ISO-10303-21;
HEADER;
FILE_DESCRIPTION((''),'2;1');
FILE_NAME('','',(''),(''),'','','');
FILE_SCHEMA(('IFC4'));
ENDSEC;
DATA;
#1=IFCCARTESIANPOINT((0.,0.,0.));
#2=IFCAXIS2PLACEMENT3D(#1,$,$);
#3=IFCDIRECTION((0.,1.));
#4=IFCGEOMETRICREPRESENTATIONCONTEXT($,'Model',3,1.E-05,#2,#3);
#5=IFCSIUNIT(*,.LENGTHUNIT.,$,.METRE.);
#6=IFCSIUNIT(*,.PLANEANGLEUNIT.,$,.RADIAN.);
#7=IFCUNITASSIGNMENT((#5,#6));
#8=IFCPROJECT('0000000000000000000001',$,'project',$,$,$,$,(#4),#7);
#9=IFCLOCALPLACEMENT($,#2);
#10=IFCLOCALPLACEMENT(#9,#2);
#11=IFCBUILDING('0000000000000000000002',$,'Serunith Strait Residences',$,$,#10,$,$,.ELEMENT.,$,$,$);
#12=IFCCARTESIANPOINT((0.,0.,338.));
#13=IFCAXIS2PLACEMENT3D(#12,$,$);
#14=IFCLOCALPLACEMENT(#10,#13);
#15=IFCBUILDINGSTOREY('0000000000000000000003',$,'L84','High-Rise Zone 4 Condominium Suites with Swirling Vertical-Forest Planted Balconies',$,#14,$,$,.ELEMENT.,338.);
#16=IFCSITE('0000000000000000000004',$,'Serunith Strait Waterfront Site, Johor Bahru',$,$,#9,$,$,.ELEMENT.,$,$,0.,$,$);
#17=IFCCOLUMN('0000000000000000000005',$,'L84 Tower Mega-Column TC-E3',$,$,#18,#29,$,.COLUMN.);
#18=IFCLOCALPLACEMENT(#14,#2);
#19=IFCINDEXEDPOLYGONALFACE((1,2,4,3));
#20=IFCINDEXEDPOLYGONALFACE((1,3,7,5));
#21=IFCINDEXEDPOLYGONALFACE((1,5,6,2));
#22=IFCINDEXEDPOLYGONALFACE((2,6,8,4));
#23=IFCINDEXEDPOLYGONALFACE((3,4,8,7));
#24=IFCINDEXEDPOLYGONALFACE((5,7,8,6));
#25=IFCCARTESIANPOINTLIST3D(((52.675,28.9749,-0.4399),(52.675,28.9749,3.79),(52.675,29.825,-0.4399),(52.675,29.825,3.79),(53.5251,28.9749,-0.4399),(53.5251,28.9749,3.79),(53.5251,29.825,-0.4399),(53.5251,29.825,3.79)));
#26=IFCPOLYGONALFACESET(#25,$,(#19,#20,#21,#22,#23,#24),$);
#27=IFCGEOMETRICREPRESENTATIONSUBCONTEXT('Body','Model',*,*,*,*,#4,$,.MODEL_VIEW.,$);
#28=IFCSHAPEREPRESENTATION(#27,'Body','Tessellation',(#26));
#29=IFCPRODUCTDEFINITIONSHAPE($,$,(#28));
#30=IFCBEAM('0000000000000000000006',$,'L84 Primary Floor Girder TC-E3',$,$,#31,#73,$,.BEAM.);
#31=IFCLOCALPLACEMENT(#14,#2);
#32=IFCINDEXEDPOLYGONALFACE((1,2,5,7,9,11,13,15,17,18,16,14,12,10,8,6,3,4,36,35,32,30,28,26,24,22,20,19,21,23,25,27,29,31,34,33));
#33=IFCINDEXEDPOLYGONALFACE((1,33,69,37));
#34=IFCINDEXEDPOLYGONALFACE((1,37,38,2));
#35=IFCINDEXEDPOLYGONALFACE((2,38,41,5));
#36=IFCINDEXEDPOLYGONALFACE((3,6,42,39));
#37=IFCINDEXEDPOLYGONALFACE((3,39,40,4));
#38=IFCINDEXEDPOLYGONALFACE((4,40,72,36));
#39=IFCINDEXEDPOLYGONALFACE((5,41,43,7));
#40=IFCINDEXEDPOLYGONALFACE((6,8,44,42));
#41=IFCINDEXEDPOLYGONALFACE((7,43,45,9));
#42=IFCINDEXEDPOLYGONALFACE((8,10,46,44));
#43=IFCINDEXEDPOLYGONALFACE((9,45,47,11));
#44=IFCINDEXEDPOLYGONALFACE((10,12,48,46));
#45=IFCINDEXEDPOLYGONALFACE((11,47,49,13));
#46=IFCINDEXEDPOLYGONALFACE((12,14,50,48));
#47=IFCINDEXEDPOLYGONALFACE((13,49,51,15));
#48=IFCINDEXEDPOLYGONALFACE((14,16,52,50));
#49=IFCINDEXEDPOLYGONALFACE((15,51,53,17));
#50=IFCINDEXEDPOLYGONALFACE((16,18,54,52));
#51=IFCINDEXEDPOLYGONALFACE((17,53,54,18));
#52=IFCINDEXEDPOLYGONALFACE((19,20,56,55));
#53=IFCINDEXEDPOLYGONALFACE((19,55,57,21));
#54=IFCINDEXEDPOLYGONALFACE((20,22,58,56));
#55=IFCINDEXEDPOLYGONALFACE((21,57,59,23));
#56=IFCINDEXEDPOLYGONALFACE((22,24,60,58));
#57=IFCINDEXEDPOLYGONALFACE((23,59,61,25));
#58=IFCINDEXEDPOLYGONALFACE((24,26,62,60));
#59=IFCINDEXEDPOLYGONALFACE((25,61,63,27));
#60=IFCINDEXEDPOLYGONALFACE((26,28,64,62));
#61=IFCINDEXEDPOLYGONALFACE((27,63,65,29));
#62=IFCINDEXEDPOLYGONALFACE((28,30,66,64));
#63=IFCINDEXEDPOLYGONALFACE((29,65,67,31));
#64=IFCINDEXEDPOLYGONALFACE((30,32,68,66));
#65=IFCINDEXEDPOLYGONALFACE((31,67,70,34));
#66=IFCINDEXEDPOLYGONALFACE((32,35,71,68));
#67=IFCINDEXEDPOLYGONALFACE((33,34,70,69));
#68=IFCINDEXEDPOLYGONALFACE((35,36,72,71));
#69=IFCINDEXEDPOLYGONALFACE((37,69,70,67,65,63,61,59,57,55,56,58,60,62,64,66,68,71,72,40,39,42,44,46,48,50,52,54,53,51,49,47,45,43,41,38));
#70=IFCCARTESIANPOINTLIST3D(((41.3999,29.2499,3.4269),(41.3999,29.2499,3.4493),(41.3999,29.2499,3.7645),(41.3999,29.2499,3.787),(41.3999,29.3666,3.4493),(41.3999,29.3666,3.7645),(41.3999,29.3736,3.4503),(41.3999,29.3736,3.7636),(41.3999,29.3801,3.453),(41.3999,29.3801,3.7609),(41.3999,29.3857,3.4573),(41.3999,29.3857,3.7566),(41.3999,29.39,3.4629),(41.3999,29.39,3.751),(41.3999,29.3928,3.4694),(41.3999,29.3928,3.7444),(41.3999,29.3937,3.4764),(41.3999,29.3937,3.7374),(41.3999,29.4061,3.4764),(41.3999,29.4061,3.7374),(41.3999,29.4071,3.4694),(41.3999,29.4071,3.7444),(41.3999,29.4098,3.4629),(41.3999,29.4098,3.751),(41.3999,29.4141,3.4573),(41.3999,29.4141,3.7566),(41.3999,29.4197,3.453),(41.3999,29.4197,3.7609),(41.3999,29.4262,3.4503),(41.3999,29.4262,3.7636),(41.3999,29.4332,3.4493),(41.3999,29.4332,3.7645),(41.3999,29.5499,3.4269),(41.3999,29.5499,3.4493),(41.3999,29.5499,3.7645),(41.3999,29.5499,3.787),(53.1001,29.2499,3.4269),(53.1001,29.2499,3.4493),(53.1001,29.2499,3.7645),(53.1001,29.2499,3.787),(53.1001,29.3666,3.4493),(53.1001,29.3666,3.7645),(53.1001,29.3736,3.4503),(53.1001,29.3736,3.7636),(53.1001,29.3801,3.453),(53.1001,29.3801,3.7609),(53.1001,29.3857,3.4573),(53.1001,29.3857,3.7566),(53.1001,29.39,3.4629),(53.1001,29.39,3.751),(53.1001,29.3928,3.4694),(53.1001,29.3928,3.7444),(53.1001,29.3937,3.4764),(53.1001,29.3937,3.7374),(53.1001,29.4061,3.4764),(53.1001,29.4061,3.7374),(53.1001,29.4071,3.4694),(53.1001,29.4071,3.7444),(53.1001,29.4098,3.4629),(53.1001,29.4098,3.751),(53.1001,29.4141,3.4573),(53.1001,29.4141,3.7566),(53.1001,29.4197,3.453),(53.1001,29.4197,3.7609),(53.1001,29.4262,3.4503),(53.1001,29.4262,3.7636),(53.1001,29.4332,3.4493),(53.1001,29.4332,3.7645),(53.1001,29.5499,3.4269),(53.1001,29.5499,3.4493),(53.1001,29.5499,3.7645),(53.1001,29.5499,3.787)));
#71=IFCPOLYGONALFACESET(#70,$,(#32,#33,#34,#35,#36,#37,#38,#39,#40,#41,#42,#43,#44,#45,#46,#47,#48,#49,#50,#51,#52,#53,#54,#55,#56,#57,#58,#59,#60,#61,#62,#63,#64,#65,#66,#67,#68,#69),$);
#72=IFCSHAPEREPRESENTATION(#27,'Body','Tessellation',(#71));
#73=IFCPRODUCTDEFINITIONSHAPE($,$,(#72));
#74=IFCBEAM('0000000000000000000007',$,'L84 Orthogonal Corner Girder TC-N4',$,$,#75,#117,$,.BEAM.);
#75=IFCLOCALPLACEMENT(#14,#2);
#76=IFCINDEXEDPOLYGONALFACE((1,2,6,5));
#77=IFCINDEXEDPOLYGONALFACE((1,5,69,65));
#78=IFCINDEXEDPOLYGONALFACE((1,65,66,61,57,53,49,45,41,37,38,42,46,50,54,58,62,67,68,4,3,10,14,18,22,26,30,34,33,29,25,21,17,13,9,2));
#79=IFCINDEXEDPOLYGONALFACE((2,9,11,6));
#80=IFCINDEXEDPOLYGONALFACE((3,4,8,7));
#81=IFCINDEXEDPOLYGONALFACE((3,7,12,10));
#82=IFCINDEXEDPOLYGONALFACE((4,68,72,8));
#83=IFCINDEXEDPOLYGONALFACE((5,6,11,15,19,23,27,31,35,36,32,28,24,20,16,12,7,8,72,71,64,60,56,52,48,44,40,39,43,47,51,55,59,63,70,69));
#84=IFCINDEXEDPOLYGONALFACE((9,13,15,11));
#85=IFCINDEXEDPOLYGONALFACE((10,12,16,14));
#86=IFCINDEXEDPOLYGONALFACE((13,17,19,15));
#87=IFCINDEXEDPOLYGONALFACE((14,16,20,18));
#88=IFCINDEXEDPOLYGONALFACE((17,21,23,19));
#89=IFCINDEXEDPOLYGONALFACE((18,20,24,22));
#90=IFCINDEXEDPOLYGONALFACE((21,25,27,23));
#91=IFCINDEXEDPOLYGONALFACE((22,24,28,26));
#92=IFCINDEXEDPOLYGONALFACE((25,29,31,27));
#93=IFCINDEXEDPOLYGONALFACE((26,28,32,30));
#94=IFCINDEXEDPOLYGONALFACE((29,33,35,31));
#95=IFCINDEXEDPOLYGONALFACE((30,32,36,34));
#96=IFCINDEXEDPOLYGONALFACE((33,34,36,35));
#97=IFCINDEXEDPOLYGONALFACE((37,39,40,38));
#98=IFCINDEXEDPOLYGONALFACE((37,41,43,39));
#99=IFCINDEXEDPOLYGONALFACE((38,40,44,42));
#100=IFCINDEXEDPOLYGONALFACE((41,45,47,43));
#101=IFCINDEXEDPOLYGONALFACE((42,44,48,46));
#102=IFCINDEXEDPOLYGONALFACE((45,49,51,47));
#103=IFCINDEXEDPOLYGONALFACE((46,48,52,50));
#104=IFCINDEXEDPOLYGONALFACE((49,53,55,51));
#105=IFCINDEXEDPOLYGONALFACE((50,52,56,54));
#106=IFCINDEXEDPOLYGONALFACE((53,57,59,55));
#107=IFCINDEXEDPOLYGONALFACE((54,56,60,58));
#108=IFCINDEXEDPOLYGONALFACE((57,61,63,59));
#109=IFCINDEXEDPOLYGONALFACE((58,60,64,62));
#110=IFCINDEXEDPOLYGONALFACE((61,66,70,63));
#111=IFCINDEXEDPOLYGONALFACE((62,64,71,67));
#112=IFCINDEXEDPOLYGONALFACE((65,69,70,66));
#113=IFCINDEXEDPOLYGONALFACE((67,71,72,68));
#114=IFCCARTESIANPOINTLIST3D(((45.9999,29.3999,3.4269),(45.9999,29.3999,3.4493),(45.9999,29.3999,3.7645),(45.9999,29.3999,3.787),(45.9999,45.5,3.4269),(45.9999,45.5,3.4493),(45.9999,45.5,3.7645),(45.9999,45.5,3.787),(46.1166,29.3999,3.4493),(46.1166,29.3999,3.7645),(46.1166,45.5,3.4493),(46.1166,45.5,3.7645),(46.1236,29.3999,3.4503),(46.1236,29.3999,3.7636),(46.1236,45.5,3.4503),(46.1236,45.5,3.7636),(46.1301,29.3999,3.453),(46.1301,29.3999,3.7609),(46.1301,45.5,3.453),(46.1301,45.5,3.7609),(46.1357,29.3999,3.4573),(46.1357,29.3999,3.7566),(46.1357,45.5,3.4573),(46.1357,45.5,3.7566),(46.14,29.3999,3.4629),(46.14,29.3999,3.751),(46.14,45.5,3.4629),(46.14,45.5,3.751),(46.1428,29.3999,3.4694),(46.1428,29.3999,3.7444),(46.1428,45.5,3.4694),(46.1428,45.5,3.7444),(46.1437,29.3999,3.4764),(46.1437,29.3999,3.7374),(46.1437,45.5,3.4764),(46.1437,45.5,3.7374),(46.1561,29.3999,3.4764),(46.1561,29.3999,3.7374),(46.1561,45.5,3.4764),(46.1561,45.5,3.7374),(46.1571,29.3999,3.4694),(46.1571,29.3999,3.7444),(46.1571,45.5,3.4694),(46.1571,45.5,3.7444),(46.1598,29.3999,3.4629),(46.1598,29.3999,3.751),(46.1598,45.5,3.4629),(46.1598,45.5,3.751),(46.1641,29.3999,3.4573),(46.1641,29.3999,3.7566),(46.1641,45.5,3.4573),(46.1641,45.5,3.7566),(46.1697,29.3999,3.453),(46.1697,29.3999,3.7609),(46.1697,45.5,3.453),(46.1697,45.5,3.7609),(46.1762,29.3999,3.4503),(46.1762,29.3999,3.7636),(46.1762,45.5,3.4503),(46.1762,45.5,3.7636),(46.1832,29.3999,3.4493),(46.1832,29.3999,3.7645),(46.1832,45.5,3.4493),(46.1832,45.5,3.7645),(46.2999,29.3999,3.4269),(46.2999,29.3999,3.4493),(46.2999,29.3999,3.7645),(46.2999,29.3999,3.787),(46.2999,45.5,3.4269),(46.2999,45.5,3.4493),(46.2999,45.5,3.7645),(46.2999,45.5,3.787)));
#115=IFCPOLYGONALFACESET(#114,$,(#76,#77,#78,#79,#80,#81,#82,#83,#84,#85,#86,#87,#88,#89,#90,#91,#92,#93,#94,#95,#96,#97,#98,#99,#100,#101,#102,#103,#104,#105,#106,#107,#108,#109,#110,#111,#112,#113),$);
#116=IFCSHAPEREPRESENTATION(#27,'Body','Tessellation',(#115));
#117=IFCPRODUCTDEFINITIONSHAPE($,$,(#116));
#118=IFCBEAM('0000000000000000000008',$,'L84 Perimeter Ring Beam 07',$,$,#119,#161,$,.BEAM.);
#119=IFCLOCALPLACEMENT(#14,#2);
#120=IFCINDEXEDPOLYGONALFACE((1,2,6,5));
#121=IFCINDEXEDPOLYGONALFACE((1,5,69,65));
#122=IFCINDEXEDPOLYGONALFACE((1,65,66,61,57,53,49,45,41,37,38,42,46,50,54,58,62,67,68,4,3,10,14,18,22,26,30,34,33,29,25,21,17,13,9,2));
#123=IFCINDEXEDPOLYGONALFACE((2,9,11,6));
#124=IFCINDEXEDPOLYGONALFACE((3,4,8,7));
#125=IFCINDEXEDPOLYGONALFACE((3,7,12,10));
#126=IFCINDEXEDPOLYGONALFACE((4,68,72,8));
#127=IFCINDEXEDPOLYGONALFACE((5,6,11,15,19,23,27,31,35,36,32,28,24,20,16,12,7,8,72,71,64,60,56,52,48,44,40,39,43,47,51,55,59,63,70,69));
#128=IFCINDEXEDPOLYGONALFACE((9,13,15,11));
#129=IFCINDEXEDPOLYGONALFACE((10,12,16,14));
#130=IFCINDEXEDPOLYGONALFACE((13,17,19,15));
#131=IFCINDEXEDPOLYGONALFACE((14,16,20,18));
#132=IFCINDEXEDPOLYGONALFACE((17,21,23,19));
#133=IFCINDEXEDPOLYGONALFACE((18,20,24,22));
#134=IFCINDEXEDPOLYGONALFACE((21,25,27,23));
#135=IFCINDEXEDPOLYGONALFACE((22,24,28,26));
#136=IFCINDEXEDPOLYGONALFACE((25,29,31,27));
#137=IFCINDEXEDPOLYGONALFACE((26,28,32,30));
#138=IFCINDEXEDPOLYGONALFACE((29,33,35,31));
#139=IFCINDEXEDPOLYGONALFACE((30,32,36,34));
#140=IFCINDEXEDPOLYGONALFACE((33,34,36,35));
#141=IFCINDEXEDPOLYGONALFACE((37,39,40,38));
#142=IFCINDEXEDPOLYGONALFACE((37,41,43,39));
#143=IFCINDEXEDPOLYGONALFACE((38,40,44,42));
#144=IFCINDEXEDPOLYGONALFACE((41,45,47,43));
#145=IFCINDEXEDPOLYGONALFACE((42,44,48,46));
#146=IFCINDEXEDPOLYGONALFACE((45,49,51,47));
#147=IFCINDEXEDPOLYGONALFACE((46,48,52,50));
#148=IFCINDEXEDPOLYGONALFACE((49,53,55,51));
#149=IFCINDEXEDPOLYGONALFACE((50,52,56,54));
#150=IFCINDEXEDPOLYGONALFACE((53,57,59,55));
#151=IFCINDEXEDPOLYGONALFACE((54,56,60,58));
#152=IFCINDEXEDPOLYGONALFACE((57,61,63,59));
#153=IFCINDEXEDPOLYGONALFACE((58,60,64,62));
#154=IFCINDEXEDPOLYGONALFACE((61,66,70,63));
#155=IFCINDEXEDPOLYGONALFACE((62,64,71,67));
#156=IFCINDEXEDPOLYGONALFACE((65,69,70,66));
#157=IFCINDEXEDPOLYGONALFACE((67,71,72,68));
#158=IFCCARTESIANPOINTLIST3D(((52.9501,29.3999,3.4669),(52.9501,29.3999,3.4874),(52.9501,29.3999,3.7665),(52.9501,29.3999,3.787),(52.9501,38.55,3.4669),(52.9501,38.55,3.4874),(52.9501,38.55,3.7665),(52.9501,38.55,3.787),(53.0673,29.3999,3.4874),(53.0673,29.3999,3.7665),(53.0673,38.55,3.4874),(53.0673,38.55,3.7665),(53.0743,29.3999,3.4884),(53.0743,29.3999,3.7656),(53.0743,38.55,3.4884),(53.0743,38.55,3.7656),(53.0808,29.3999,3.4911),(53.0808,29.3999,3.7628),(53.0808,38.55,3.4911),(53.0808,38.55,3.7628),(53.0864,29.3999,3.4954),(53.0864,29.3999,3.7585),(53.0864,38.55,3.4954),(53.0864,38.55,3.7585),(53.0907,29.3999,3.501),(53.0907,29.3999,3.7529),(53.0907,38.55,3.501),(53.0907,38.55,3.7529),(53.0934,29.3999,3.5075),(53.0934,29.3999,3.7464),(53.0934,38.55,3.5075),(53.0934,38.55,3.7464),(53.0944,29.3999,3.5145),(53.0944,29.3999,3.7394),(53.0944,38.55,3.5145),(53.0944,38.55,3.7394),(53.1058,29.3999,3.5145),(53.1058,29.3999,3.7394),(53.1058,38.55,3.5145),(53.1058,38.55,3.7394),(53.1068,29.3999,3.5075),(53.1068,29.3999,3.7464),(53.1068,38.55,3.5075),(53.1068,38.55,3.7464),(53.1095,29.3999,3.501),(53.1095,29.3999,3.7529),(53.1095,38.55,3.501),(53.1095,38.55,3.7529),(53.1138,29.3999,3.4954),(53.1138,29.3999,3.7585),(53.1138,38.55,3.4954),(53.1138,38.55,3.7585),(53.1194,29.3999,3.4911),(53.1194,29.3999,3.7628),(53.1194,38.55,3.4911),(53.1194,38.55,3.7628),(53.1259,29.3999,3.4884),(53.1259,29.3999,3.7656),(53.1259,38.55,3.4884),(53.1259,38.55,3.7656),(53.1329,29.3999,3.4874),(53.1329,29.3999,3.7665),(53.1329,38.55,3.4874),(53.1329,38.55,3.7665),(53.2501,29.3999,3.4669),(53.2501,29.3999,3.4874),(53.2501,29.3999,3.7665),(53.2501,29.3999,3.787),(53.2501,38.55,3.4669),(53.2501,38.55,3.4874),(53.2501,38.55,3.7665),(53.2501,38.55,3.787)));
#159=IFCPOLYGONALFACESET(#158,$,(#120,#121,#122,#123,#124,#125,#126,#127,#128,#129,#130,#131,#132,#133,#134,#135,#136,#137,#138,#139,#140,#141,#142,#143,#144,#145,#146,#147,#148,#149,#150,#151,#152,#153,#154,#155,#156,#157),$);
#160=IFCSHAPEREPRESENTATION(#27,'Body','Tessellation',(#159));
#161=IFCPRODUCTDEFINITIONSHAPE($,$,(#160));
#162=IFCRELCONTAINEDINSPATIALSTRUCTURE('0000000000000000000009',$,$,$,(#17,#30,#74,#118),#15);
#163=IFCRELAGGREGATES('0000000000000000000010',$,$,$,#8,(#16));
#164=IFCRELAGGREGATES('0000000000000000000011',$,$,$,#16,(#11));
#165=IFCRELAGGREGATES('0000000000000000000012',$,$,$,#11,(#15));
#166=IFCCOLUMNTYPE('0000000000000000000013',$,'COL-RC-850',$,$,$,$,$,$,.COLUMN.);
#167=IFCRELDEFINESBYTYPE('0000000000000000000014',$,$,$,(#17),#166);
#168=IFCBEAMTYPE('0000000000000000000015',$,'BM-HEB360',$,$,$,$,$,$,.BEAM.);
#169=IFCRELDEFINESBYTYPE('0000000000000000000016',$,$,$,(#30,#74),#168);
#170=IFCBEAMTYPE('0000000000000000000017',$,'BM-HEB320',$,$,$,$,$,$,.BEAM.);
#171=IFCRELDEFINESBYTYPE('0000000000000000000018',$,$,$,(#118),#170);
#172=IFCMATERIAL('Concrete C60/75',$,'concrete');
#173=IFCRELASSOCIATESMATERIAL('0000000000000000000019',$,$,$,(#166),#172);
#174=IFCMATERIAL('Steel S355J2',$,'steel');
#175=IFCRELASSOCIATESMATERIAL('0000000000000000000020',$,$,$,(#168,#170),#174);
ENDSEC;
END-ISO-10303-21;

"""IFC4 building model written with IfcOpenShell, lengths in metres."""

from ifc_helpers import new_model, si_unit, direction, frame, origin, origin_2d, place, context, subcontext, project, spatial, rectangle, i_section, extrude, source, transform, mapped, material, material_profile, profile_set, type_object, element, save


model = new_model("IFC4")

# Units and contexts
model_context = context("Model", 3, precision=1e-05, world=origin(), true_north=direction((0.0, 1.0)))
body_context = subcontext(model_context, "Body", "Model", "MODEL_VIEW")
ifc_project = project(units=[si_unit("LENGTHUNIT", "METRE"), si_unit("PLANEANGLEUNIT", "RADIAN")], contexts=[model_context])

# Site, building, storey
site_placement = place(None, origin())
site = spatial("IfcSite", under=ifc_project, at=site_placement, Name="Serunith Strait Waterfront Site, Johor Bahru", CompositionType="ELEMENT", RefElevation=0.0)
building_placement = place(site_placement, origin())
building = spatial("IfcBuilding", under=site, at=building_placement, Name="Serunith Strait Residences", CompositionType="ELEMENT")
storey_placement = place(building_placement, frame((0.0, 0.0, 338.0)))
storey = spatial("IfcBuildingStorey", under=building, at=storey_placement, Name="L84", Description="High-Rise Zone 4 Condominium Suites with Swirling Vertical-Forest Planted Balconies", CompositionType="ELEMENT", Elevation=338.0)

# Column
ifc_material_1 = material(Name="Concrete C60/75", Category="concrete")
ifc_material_profile_1 = material_profile(ifc_material_1, rectangle(XDim=0.8501, YDim=0.8501, at=origin_2d()), Name="RC 850x850")
ifc_profile_set_1 = profile_set([ifc_material_profile_1], Name="Concrete C60/75")
column_type = type_object("IfcColumnType", Name="COL-RC-850", PredefinedType="COLUMN", material=ifc_profile_set_1)
shared_shape_1 = source(origin(), body_context, "Body", "SweptSolid", [
    extrude(rectangle(XDim=0.8501, YDim=0.8501, at=origin_2d()), origin(), (0.0, 0.0, 1.0), 4.23),
])
column_placement = place(storey_placement, frame((53.1001, 29.3999, -0.4399), z_axis=(0.0, 0.0, 1.0), x_axis=(1.0, 0.0, 0.0)))
element("IfcColumn", 1, at=column_placement, inside=storey, type_object=column_type, Name="L84 Tower Mega-Column TC-E3", PredefinedType="COLUMN", context=body_context, shape_type="MappedRepresentation", body=[
    mapped(shared_shape_1, transform((0.0, 0.0, 0.0), scale=1.0)),
])

# Beams
ifc_material_2 = material(Name="Steel S355J2", Category="steel")
ifc_material_profile_2 = material_profile(ifc_material_2, i_section(OverallWidth=0.3, OverallDepth=0.3601, WebThickness=0.0125, FlangeThickness=0.0225, FilletRadius=0.0271, at=origin_2d()), Name="HEB 360")
ifc_profile_set_2 = profile_set([ifc_material_profile_2], Name="Steel S355J2")
beam_type_1 = type_object("IfcBeamType", Name="BM-HEB360", PredefinedType="BEAM", material=ifc_profile_set_2)
shared_shape_2 = source(origin(), body_context, "Body", "SweptSolid", [
    extrude(i_section(OverallWidth=0.3, OverallDepth=0.3601, WebThickness=0.0125, FlangeThickness=0.0225, FilletRadius=0.0271, at=origin_2d()), origin(), (0.0, 0.0, 1.0), 11.7002),
])
beam_1_placement = place(storey_placement, frame((41.3999, 29.3999, 3.6069), z_axis=(1.0, 0.0, 0.0), x_axis=(0.0, 1.0, 0.0)))
element("IfcBeam", 2, at=beam_1_placement, inside=storey, type_object=beam_type_1, Name="L84 Primary Floor Girder TC-E3", PredefinedType="BEAM", context=body_context, shape_type="MappedRepresentation", body=[
    mapped(shared_shape_2, transform((0.0, 0.0, 0.0), scale=1.0)),
])
shared_shape_3 = source(origin(), body_context, "Body", "SweptSolid", [
    extrude(i_section(OverallWidth=0.3, OverallDepth=0.3601, WebThickness=0.0125, FlangeThickness=0.0225, FilletRadius=0.0271, at=origin_2d()), origin(), (0.0, 0.0, 1.0), 16.1001),
])
beam_2_placement = place(storey_placement, frame((46.1499, 29.3999, 3.6069), z_axis=(0.0, 1.0, 0.0), x_axis=(-1.0, 0.0, 0.0)))
element("IfcBeam", 3, at=beam_2_placement, inside=storey, type_object=beam_type_1, Name="L84 Orthogonal Corner Girder TC-N4", PredefinedType="BEAM", context=body_context, shape_type="MappedRepresentation", body=[
    mapped(shared_shape_3, transform((0.0, 0.0, 0.0), scale=1.0)),
])
ifc_material_profile_3 = material_profile(ifc_material_2, i_section(OverallWidth=0.3, OverallDepth=0.3201, WebThickness=0.0115, FlangeThickness=0.0205, FilletRadius=0.0271, at=origin_2d()), Name="HEB 320")
ifc_profile_set_3 = profile_set([ifc_material_profile_3], Name="Steel S355J2")
beam_type_2 = type_object("IfcBeamType", Name="BM-HEB320", PredefinedType="BEAM", material=ifc_profile_set_3)
shared_shape_4 = source(origin(), body_context, "Body", "SweptSolid", [
    extrude(i_section(OverallWidth=0.3, OverallDepth=0.3201, WebThickness=0.0115, FlangeThickness=0.0205, FilletRadius=0.0271, at=origin_2d()), origin(), (0.0, 0.0, 1.0), 9.1501),
])
beam_3_placement = place(storey_placement, frame((53.1001, 29.3999, 3.627), z_axis=(0.0, 1.0, 0.0), x_axis=(-1.0, 0.0, 0.0)))
element("IfcBeam", 4, at=beam_3_placement, inside=storey, type_object=beam_type_2, Name="L84 Perimeter Ring Beam 07", PredefinedType="BEAM", context=body_context, shape_type="MappedRepresentation", body=[
    mapped(shared_shape_4, transform((0.0, 0.0, 0.0), scale=1.0)),
])

save(model, "model.ifc")
